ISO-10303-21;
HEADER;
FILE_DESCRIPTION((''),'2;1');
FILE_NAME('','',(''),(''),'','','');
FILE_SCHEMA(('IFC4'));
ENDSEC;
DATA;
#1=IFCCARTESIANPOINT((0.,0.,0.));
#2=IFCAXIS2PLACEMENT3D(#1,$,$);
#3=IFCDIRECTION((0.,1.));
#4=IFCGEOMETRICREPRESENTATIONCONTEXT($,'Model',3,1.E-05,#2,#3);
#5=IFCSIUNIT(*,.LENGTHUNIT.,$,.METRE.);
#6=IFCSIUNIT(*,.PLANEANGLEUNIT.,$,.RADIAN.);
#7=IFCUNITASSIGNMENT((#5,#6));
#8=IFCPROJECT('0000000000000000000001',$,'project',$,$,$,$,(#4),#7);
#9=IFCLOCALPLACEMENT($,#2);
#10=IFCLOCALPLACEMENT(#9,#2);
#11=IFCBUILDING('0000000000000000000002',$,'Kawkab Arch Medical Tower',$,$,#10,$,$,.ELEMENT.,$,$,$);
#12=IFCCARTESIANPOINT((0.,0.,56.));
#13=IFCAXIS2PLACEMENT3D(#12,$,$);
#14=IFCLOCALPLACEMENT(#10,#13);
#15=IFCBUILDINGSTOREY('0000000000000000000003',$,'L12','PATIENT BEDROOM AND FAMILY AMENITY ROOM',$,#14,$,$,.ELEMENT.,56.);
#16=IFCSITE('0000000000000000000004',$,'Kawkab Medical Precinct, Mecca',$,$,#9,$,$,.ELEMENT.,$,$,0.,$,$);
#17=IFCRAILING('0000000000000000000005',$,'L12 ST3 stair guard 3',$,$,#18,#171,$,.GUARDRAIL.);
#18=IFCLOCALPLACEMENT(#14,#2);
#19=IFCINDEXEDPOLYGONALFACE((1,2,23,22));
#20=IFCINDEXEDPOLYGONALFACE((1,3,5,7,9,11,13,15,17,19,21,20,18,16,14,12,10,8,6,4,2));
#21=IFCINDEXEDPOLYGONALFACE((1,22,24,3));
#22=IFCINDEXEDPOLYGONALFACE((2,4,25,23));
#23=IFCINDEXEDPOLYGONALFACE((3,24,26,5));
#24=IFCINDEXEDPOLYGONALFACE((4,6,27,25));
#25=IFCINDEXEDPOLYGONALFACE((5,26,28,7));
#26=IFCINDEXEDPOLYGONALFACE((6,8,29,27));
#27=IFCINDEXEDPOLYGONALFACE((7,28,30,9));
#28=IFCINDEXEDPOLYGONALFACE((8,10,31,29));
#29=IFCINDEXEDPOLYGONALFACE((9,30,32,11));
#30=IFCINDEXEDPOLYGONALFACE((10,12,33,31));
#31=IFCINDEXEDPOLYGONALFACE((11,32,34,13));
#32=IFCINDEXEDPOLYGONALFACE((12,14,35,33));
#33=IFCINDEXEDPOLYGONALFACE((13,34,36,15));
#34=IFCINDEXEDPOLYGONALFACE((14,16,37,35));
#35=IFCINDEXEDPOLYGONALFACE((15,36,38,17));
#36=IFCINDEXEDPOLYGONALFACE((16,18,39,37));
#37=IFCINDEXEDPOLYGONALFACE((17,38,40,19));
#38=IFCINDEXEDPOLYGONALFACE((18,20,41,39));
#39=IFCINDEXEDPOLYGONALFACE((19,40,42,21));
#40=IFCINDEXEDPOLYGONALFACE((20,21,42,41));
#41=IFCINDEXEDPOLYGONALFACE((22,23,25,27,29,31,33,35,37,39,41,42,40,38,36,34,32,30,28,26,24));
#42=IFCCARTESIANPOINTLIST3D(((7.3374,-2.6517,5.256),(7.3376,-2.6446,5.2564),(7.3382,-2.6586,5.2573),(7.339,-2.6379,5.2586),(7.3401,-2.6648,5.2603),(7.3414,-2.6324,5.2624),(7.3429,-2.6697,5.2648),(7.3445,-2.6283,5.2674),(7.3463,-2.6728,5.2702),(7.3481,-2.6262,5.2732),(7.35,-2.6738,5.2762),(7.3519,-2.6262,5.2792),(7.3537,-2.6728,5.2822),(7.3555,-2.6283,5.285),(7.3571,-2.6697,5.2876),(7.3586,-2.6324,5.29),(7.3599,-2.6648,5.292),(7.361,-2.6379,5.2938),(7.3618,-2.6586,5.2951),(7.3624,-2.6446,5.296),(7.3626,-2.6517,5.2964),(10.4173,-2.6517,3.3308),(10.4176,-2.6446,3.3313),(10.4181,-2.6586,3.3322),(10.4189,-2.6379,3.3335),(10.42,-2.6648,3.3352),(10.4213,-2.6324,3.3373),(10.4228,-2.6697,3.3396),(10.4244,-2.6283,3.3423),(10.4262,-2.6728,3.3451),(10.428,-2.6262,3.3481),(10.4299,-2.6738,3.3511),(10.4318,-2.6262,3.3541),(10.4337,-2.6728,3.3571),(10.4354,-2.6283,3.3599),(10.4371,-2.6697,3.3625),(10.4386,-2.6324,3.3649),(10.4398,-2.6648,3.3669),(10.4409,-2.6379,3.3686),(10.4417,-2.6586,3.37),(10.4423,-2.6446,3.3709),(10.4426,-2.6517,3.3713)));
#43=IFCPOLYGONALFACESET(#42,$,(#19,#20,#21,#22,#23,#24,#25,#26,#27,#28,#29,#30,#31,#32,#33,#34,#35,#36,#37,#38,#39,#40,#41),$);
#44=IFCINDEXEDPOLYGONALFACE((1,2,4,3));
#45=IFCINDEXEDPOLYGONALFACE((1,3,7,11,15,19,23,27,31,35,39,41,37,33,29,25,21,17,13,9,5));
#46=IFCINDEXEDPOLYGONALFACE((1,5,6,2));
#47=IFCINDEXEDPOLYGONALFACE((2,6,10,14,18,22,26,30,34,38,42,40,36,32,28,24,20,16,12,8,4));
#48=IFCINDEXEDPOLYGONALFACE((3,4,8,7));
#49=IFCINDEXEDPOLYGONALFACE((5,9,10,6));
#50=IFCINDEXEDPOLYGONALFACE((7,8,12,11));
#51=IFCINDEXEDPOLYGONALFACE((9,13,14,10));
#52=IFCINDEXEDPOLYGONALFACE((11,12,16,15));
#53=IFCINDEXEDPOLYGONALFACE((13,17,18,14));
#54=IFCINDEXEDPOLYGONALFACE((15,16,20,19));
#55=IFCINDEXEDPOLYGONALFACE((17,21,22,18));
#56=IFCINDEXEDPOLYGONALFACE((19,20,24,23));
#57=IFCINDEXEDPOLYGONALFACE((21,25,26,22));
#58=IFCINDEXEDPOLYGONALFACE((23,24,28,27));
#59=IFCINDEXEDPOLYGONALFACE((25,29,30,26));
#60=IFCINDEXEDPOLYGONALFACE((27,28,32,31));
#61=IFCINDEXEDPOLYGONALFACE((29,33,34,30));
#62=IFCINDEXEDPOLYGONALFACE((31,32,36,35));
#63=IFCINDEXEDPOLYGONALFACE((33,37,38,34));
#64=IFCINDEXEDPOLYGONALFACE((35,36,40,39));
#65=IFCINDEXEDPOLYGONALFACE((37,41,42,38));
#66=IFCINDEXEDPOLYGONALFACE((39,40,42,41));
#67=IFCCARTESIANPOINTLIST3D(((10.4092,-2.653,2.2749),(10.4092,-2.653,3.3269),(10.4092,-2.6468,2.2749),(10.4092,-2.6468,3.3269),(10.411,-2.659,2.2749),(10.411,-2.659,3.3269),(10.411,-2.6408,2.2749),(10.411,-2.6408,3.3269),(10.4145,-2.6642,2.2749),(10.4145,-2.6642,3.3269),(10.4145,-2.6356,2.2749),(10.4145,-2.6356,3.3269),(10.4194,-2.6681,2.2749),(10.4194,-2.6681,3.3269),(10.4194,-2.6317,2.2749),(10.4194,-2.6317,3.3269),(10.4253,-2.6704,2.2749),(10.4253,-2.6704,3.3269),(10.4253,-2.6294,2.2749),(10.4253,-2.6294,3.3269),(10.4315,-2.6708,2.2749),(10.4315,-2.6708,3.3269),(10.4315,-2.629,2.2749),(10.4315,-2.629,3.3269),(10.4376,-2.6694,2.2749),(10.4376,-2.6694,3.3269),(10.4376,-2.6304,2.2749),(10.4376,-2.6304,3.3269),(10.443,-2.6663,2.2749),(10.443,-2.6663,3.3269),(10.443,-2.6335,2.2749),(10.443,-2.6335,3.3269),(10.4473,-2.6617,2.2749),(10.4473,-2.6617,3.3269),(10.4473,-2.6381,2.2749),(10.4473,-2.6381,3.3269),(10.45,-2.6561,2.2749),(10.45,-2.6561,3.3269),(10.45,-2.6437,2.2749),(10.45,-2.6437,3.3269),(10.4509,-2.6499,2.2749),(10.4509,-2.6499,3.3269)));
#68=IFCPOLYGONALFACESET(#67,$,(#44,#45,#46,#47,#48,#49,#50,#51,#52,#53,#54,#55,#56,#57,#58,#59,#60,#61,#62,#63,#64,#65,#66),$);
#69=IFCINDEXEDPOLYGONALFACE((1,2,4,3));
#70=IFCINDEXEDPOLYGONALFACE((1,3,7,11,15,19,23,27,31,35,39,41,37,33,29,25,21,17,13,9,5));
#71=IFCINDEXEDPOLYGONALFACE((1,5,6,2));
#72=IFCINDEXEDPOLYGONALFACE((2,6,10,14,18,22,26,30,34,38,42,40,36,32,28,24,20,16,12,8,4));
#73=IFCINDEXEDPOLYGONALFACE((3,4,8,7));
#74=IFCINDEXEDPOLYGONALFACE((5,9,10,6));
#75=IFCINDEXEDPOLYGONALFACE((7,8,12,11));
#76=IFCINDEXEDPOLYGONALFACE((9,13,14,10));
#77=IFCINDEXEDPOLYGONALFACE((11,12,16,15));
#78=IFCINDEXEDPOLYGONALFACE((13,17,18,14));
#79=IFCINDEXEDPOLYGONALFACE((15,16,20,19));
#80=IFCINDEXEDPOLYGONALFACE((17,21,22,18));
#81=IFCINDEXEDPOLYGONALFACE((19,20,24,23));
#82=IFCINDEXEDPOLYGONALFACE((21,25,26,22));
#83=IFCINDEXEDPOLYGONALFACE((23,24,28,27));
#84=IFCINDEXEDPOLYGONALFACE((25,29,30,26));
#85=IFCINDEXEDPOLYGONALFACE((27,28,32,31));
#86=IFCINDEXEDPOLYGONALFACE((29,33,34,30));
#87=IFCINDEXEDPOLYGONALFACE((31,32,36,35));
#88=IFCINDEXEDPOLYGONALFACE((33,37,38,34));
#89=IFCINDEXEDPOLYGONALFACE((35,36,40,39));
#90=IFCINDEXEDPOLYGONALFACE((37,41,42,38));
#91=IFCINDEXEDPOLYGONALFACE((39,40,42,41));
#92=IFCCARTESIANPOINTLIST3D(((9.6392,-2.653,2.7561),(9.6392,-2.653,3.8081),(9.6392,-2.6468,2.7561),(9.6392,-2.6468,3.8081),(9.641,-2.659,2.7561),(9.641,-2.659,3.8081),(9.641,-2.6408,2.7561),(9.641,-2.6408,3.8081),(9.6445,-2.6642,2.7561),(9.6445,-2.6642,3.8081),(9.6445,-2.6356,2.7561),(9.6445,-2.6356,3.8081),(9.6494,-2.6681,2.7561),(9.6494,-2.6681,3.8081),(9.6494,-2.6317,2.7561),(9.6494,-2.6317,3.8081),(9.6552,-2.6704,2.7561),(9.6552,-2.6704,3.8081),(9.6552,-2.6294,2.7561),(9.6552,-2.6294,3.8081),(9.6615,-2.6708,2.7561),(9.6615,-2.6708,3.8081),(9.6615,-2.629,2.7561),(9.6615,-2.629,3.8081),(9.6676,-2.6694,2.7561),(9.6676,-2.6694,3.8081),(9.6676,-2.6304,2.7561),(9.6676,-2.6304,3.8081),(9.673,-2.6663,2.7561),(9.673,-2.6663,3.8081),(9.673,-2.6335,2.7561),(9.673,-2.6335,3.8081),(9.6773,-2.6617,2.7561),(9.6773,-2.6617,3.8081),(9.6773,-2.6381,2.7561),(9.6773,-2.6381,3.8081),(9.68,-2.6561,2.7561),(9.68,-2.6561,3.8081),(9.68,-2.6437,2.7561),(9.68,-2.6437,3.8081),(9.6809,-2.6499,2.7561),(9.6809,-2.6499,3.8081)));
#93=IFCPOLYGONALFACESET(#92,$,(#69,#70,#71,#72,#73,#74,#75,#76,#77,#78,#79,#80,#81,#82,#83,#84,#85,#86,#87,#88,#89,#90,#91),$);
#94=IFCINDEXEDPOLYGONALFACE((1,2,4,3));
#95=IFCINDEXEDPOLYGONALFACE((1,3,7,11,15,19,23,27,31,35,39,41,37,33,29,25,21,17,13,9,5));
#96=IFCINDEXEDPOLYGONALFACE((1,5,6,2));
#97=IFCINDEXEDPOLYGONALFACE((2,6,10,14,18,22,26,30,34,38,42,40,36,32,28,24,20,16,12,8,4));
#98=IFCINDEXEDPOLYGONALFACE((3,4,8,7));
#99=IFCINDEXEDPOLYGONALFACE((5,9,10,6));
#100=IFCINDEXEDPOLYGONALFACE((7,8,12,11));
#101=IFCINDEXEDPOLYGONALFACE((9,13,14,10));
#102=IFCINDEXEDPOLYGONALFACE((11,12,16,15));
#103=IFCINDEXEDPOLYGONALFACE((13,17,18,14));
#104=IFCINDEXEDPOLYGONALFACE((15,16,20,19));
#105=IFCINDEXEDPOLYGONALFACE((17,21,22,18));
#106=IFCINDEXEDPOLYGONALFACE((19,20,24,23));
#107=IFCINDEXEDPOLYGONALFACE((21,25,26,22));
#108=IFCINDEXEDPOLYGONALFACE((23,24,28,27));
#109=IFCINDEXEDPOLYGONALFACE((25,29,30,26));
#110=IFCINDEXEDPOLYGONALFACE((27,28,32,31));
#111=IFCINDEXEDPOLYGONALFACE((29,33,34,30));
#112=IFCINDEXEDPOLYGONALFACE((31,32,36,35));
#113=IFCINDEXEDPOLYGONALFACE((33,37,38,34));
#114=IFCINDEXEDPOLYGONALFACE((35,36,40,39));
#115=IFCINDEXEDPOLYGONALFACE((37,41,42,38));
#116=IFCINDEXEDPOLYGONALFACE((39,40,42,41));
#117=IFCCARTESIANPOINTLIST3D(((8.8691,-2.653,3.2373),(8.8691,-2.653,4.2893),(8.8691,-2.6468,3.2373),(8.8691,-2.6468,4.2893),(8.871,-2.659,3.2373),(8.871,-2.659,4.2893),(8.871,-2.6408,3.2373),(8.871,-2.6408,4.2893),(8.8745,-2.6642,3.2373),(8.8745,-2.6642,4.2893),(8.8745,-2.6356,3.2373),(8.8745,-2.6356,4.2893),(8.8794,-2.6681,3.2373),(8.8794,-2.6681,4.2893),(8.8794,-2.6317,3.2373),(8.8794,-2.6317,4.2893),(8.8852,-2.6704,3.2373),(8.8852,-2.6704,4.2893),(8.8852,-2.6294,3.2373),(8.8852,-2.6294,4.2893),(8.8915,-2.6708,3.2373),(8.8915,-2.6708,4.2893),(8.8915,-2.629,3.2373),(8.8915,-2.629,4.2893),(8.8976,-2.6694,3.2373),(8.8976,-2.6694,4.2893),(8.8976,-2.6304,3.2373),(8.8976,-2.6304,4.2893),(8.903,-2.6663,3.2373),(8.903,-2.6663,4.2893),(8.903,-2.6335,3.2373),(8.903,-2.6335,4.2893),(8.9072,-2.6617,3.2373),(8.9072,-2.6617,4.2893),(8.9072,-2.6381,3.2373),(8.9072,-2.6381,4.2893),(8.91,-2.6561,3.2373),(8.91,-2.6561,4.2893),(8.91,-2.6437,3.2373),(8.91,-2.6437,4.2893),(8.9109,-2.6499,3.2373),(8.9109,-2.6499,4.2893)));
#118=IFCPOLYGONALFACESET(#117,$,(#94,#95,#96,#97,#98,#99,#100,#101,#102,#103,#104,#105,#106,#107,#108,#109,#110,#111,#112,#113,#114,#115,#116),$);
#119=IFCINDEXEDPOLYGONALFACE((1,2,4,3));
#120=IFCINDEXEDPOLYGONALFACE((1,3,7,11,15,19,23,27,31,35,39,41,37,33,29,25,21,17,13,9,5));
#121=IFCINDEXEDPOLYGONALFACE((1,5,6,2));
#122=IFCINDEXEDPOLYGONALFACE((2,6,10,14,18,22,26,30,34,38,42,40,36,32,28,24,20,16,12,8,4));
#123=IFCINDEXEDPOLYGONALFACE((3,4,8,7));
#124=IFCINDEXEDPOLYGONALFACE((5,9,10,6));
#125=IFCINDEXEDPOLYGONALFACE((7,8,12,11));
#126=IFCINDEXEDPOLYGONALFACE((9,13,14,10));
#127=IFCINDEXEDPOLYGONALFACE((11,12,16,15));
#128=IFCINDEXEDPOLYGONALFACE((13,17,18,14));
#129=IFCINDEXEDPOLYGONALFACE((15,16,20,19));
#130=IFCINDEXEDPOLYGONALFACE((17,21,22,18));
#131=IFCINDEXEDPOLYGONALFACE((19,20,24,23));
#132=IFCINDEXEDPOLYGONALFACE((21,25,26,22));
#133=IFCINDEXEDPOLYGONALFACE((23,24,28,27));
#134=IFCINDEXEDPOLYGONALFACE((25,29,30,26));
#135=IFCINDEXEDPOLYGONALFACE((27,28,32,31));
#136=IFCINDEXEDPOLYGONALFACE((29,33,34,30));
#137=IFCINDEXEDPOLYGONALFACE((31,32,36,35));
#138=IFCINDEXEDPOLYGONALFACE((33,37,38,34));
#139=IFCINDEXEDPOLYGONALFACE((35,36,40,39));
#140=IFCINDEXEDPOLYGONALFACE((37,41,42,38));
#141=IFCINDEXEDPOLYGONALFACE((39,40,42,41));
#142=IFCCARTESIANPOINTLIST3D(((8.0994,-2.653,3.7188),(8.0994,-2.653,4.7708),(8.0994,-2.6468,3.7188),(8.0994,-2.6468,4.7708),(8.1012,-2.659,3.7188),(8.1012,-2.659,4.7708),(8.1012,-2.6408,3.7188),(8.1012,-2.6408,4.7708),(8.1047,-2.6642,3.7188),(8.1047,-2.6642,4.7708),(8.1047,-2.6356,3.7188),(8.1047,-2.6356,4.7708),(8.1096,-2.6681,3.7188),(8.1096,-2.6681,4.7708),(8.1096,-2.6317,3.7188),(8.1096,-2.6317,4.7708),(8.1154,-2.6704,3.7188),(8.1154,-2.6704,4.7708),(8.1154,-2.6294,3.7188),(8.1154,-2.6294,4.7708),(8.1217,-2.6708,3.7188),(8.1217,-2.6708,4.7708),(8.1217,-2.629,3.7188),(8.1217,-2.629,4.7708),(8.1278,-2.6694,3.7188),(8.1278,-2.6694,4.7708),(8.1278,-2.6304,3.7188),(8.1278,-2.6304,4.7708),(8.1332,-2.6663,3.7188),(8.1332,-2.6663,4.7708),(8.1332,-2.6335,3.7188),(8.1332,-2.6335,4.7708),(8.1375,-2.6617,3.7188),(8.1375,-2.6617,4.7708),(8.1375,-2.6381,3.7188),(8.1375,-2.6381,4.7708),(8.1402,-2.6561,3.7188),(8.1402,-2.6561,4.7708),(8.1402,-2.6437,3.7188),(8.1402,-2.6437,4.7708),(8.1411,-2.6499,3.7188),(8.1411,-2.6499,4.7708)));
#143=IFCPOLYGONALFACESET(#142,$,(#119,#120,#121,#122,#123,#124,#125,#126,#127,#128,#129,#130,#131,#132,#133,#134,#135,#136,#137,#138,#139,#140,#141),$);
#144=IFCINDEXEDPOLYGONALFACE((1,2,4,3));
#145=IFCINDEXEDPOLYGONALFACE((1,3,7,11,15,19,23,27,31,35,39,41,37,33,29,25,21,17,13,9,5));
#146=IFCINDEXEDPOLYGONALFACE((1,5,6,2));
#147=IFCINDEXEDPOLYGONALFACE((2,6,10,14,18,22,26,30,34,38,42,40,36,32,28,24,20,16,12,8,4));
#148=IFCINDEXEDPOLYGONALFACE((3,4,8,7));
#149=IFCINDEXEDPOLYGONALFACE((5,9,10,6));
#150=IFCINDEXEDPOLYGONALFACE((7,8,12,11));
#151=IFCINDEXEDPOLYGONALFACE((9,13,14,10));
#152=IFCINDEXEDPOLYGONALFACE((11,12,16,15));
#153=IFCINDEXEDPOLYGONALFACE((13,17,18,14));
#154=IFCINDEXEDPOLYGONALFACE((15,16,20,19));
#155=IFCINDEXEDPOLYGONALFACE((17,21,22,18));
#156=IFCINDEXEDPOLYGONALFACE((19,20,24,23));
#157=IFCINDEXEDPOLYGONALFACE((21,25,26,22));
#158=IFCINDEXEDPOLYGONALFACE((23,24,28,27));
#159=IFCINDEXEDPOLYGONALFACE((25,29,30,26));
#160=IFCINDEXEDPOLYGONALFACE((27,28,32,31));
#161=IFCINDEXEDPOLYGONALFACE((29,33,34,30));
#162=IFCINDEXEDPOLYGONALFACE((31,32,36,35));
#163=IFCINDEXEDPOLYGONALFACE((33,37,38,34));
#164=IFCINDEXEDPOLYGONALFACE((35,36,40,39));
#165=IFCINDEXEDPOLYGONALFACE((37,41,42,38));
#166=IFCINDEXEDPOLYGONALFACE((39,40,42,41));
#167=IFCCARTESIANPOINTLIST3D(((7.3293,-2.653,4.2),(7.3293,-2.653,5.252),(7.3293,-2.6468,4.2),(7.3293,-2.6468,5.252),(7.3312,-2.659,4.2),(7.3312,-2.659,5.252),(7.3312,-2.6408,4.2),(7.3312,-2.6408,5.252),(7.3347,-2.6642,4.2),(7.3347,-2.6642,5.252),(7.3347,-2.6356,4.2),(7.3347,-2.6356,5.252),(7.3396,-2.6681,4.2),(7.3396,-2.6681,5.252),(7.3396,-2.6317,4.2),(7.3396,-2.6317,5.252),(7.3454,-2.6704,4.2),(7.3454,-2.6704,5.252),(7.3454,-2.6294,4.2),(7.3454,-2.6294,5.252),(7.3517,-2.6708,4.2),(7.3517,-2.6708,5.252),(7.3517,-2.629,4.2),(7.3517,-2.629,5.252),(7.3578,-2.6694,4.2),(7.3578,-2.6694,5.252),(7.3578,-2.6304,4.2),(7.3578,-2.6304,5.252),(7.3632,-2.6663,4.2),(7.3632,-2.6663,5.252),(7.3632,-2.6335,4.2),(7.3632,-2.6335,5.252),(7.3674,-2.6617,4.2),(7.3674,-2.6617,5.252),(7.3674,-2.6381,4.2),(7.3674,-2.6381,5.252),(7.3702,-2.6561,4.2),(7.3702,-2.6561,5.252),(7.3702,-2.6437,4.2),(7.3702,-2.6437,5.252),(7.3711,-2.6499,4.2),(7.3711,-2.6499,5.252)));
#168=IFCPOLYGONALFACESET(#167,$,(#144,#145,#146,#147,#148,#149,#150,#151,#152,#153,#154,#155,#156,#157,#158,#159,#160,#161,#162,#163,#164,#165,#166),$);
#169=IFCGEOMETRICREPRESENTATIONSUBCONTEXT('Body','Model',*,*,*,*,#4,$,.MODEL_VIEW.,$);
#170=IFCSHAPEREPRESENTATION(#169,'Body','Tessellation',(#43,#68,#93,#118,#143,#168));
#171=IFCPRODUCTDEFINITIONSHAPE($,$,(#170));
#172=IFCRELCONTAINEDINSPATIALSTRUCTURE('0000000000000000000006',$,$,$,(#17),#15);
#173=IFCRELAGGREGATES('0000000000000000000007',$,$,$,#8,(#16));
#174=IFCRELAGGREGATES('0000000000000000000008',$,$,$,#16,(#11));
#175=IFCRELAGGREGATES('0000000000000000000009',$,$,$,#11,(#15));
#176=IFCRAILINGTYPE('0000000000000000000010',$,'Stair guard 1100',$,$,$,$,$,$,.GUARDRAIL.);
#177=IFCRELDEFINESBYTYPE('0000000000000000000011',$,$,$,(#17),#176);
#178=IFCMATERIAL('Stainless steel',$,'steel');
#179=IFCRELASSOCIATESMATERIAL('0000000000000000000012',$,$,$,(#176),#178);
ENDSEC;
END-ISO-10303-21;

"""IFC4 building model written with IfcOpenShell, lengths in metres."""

from ifc_helpers import new_model, si_unit, direction, frame, origin, origin_2d, place, context, subcontext, project, spatial, circle, extrude, material, type_object, element, save


model = new_model("IFC4")

# Units and contexts
model_context = context("Model", 3, precision=1e-05, world=origin(), true_north=direction((0.0, 1.0)))
body_context = subcontext(model_context, "Body", "Model", "MODEL_VIEW")
ifc_project = project(units=[si_unit("LENGTHUNIT", "METRE"), si_unit("PLANEANGLEUNIT", "RADIAN")], contexts=[model_context])

# Site, building, storey
site_placement = place(None, origin())
site = spatial("IfcSite", under=ifc_project, at=site_placement, Name="Kawkab Medical Precinct, Mecca", CompositionType="ELEMENT", RefElevation=0.0)
building_placement = place(site_placement, origin())
building = spatial("IfcBuilding", under=site, at=building_placement, Name="Kawkab Arch Medical Tower", CompositionType="ELEMENT")
storey_placement = place(building_placement, frame((0.0, 0.0, 56.0)))
storey = spatial("IfcBuildingStorey", under=building, at=storey_placement, Name="L12", Description="PATIENT BEDROOM AND FAMILY AMENITY ROOM", CompositionType="ELEMENT", Elevation=56.0)

# Railing
ifc_material_1 = material(Name="Stainless steel", Category="steel")
railing_type = type_object("IfcRailingType", Name="Stair guard 1100", PredefinedType="GUARDRAIL", material=ifc_material_1)
railing_1_placement = place(storey_placement, frame((10.4299, -2.6499, 2.2749)))
element("IfcRailing", 1, at=railing_1_placement, inside=storey, type_object=railing_type, Name="L12 ST3 stair guard 3", PredefinedType="GUARDRAIL", context=body_context, shape_type="SweptSolid", body=[
    extrude(circle(Radius=0.0239, at=origin_2d()), frame((0.0, 0.0, 1.0762), z_axis=(-0.847979, 0.0, 0.530029), x_axis=(0.0, -1.0, 0.0)), (0.0, 0.0, 1.0), 3.6321),
    extrude(circle(Radius=0.021, at=origin_2d()), origin(), (0.0, 0.0, 1.0), 1.052),
    extrude(circle(Radius=0.021, at=origin_2d()), frame((-0.77, 0.0, 0.4812)), (0.0, 0.0, 1.0), 1.052),
    extrude(circle(Radius=0.021, at=origin_2d()), frame((-1.54, 0.0, 0.9624)), (0.0, 0.0, 1.0), 1.052),
    extrude(circle(Radius=0.021, at=origin_2d()), frame((-2.3098, 0.0, 1.4438)), (0.0, 0.0, 1.0), 1.052),
    extrude(circle(Radius=0.021, at=origin_2d()), frame((-3.0798, 0.0, 1.925)), (0.0, 0.0, 1.0), 1.052),
])

save(model, "model.ifc")
